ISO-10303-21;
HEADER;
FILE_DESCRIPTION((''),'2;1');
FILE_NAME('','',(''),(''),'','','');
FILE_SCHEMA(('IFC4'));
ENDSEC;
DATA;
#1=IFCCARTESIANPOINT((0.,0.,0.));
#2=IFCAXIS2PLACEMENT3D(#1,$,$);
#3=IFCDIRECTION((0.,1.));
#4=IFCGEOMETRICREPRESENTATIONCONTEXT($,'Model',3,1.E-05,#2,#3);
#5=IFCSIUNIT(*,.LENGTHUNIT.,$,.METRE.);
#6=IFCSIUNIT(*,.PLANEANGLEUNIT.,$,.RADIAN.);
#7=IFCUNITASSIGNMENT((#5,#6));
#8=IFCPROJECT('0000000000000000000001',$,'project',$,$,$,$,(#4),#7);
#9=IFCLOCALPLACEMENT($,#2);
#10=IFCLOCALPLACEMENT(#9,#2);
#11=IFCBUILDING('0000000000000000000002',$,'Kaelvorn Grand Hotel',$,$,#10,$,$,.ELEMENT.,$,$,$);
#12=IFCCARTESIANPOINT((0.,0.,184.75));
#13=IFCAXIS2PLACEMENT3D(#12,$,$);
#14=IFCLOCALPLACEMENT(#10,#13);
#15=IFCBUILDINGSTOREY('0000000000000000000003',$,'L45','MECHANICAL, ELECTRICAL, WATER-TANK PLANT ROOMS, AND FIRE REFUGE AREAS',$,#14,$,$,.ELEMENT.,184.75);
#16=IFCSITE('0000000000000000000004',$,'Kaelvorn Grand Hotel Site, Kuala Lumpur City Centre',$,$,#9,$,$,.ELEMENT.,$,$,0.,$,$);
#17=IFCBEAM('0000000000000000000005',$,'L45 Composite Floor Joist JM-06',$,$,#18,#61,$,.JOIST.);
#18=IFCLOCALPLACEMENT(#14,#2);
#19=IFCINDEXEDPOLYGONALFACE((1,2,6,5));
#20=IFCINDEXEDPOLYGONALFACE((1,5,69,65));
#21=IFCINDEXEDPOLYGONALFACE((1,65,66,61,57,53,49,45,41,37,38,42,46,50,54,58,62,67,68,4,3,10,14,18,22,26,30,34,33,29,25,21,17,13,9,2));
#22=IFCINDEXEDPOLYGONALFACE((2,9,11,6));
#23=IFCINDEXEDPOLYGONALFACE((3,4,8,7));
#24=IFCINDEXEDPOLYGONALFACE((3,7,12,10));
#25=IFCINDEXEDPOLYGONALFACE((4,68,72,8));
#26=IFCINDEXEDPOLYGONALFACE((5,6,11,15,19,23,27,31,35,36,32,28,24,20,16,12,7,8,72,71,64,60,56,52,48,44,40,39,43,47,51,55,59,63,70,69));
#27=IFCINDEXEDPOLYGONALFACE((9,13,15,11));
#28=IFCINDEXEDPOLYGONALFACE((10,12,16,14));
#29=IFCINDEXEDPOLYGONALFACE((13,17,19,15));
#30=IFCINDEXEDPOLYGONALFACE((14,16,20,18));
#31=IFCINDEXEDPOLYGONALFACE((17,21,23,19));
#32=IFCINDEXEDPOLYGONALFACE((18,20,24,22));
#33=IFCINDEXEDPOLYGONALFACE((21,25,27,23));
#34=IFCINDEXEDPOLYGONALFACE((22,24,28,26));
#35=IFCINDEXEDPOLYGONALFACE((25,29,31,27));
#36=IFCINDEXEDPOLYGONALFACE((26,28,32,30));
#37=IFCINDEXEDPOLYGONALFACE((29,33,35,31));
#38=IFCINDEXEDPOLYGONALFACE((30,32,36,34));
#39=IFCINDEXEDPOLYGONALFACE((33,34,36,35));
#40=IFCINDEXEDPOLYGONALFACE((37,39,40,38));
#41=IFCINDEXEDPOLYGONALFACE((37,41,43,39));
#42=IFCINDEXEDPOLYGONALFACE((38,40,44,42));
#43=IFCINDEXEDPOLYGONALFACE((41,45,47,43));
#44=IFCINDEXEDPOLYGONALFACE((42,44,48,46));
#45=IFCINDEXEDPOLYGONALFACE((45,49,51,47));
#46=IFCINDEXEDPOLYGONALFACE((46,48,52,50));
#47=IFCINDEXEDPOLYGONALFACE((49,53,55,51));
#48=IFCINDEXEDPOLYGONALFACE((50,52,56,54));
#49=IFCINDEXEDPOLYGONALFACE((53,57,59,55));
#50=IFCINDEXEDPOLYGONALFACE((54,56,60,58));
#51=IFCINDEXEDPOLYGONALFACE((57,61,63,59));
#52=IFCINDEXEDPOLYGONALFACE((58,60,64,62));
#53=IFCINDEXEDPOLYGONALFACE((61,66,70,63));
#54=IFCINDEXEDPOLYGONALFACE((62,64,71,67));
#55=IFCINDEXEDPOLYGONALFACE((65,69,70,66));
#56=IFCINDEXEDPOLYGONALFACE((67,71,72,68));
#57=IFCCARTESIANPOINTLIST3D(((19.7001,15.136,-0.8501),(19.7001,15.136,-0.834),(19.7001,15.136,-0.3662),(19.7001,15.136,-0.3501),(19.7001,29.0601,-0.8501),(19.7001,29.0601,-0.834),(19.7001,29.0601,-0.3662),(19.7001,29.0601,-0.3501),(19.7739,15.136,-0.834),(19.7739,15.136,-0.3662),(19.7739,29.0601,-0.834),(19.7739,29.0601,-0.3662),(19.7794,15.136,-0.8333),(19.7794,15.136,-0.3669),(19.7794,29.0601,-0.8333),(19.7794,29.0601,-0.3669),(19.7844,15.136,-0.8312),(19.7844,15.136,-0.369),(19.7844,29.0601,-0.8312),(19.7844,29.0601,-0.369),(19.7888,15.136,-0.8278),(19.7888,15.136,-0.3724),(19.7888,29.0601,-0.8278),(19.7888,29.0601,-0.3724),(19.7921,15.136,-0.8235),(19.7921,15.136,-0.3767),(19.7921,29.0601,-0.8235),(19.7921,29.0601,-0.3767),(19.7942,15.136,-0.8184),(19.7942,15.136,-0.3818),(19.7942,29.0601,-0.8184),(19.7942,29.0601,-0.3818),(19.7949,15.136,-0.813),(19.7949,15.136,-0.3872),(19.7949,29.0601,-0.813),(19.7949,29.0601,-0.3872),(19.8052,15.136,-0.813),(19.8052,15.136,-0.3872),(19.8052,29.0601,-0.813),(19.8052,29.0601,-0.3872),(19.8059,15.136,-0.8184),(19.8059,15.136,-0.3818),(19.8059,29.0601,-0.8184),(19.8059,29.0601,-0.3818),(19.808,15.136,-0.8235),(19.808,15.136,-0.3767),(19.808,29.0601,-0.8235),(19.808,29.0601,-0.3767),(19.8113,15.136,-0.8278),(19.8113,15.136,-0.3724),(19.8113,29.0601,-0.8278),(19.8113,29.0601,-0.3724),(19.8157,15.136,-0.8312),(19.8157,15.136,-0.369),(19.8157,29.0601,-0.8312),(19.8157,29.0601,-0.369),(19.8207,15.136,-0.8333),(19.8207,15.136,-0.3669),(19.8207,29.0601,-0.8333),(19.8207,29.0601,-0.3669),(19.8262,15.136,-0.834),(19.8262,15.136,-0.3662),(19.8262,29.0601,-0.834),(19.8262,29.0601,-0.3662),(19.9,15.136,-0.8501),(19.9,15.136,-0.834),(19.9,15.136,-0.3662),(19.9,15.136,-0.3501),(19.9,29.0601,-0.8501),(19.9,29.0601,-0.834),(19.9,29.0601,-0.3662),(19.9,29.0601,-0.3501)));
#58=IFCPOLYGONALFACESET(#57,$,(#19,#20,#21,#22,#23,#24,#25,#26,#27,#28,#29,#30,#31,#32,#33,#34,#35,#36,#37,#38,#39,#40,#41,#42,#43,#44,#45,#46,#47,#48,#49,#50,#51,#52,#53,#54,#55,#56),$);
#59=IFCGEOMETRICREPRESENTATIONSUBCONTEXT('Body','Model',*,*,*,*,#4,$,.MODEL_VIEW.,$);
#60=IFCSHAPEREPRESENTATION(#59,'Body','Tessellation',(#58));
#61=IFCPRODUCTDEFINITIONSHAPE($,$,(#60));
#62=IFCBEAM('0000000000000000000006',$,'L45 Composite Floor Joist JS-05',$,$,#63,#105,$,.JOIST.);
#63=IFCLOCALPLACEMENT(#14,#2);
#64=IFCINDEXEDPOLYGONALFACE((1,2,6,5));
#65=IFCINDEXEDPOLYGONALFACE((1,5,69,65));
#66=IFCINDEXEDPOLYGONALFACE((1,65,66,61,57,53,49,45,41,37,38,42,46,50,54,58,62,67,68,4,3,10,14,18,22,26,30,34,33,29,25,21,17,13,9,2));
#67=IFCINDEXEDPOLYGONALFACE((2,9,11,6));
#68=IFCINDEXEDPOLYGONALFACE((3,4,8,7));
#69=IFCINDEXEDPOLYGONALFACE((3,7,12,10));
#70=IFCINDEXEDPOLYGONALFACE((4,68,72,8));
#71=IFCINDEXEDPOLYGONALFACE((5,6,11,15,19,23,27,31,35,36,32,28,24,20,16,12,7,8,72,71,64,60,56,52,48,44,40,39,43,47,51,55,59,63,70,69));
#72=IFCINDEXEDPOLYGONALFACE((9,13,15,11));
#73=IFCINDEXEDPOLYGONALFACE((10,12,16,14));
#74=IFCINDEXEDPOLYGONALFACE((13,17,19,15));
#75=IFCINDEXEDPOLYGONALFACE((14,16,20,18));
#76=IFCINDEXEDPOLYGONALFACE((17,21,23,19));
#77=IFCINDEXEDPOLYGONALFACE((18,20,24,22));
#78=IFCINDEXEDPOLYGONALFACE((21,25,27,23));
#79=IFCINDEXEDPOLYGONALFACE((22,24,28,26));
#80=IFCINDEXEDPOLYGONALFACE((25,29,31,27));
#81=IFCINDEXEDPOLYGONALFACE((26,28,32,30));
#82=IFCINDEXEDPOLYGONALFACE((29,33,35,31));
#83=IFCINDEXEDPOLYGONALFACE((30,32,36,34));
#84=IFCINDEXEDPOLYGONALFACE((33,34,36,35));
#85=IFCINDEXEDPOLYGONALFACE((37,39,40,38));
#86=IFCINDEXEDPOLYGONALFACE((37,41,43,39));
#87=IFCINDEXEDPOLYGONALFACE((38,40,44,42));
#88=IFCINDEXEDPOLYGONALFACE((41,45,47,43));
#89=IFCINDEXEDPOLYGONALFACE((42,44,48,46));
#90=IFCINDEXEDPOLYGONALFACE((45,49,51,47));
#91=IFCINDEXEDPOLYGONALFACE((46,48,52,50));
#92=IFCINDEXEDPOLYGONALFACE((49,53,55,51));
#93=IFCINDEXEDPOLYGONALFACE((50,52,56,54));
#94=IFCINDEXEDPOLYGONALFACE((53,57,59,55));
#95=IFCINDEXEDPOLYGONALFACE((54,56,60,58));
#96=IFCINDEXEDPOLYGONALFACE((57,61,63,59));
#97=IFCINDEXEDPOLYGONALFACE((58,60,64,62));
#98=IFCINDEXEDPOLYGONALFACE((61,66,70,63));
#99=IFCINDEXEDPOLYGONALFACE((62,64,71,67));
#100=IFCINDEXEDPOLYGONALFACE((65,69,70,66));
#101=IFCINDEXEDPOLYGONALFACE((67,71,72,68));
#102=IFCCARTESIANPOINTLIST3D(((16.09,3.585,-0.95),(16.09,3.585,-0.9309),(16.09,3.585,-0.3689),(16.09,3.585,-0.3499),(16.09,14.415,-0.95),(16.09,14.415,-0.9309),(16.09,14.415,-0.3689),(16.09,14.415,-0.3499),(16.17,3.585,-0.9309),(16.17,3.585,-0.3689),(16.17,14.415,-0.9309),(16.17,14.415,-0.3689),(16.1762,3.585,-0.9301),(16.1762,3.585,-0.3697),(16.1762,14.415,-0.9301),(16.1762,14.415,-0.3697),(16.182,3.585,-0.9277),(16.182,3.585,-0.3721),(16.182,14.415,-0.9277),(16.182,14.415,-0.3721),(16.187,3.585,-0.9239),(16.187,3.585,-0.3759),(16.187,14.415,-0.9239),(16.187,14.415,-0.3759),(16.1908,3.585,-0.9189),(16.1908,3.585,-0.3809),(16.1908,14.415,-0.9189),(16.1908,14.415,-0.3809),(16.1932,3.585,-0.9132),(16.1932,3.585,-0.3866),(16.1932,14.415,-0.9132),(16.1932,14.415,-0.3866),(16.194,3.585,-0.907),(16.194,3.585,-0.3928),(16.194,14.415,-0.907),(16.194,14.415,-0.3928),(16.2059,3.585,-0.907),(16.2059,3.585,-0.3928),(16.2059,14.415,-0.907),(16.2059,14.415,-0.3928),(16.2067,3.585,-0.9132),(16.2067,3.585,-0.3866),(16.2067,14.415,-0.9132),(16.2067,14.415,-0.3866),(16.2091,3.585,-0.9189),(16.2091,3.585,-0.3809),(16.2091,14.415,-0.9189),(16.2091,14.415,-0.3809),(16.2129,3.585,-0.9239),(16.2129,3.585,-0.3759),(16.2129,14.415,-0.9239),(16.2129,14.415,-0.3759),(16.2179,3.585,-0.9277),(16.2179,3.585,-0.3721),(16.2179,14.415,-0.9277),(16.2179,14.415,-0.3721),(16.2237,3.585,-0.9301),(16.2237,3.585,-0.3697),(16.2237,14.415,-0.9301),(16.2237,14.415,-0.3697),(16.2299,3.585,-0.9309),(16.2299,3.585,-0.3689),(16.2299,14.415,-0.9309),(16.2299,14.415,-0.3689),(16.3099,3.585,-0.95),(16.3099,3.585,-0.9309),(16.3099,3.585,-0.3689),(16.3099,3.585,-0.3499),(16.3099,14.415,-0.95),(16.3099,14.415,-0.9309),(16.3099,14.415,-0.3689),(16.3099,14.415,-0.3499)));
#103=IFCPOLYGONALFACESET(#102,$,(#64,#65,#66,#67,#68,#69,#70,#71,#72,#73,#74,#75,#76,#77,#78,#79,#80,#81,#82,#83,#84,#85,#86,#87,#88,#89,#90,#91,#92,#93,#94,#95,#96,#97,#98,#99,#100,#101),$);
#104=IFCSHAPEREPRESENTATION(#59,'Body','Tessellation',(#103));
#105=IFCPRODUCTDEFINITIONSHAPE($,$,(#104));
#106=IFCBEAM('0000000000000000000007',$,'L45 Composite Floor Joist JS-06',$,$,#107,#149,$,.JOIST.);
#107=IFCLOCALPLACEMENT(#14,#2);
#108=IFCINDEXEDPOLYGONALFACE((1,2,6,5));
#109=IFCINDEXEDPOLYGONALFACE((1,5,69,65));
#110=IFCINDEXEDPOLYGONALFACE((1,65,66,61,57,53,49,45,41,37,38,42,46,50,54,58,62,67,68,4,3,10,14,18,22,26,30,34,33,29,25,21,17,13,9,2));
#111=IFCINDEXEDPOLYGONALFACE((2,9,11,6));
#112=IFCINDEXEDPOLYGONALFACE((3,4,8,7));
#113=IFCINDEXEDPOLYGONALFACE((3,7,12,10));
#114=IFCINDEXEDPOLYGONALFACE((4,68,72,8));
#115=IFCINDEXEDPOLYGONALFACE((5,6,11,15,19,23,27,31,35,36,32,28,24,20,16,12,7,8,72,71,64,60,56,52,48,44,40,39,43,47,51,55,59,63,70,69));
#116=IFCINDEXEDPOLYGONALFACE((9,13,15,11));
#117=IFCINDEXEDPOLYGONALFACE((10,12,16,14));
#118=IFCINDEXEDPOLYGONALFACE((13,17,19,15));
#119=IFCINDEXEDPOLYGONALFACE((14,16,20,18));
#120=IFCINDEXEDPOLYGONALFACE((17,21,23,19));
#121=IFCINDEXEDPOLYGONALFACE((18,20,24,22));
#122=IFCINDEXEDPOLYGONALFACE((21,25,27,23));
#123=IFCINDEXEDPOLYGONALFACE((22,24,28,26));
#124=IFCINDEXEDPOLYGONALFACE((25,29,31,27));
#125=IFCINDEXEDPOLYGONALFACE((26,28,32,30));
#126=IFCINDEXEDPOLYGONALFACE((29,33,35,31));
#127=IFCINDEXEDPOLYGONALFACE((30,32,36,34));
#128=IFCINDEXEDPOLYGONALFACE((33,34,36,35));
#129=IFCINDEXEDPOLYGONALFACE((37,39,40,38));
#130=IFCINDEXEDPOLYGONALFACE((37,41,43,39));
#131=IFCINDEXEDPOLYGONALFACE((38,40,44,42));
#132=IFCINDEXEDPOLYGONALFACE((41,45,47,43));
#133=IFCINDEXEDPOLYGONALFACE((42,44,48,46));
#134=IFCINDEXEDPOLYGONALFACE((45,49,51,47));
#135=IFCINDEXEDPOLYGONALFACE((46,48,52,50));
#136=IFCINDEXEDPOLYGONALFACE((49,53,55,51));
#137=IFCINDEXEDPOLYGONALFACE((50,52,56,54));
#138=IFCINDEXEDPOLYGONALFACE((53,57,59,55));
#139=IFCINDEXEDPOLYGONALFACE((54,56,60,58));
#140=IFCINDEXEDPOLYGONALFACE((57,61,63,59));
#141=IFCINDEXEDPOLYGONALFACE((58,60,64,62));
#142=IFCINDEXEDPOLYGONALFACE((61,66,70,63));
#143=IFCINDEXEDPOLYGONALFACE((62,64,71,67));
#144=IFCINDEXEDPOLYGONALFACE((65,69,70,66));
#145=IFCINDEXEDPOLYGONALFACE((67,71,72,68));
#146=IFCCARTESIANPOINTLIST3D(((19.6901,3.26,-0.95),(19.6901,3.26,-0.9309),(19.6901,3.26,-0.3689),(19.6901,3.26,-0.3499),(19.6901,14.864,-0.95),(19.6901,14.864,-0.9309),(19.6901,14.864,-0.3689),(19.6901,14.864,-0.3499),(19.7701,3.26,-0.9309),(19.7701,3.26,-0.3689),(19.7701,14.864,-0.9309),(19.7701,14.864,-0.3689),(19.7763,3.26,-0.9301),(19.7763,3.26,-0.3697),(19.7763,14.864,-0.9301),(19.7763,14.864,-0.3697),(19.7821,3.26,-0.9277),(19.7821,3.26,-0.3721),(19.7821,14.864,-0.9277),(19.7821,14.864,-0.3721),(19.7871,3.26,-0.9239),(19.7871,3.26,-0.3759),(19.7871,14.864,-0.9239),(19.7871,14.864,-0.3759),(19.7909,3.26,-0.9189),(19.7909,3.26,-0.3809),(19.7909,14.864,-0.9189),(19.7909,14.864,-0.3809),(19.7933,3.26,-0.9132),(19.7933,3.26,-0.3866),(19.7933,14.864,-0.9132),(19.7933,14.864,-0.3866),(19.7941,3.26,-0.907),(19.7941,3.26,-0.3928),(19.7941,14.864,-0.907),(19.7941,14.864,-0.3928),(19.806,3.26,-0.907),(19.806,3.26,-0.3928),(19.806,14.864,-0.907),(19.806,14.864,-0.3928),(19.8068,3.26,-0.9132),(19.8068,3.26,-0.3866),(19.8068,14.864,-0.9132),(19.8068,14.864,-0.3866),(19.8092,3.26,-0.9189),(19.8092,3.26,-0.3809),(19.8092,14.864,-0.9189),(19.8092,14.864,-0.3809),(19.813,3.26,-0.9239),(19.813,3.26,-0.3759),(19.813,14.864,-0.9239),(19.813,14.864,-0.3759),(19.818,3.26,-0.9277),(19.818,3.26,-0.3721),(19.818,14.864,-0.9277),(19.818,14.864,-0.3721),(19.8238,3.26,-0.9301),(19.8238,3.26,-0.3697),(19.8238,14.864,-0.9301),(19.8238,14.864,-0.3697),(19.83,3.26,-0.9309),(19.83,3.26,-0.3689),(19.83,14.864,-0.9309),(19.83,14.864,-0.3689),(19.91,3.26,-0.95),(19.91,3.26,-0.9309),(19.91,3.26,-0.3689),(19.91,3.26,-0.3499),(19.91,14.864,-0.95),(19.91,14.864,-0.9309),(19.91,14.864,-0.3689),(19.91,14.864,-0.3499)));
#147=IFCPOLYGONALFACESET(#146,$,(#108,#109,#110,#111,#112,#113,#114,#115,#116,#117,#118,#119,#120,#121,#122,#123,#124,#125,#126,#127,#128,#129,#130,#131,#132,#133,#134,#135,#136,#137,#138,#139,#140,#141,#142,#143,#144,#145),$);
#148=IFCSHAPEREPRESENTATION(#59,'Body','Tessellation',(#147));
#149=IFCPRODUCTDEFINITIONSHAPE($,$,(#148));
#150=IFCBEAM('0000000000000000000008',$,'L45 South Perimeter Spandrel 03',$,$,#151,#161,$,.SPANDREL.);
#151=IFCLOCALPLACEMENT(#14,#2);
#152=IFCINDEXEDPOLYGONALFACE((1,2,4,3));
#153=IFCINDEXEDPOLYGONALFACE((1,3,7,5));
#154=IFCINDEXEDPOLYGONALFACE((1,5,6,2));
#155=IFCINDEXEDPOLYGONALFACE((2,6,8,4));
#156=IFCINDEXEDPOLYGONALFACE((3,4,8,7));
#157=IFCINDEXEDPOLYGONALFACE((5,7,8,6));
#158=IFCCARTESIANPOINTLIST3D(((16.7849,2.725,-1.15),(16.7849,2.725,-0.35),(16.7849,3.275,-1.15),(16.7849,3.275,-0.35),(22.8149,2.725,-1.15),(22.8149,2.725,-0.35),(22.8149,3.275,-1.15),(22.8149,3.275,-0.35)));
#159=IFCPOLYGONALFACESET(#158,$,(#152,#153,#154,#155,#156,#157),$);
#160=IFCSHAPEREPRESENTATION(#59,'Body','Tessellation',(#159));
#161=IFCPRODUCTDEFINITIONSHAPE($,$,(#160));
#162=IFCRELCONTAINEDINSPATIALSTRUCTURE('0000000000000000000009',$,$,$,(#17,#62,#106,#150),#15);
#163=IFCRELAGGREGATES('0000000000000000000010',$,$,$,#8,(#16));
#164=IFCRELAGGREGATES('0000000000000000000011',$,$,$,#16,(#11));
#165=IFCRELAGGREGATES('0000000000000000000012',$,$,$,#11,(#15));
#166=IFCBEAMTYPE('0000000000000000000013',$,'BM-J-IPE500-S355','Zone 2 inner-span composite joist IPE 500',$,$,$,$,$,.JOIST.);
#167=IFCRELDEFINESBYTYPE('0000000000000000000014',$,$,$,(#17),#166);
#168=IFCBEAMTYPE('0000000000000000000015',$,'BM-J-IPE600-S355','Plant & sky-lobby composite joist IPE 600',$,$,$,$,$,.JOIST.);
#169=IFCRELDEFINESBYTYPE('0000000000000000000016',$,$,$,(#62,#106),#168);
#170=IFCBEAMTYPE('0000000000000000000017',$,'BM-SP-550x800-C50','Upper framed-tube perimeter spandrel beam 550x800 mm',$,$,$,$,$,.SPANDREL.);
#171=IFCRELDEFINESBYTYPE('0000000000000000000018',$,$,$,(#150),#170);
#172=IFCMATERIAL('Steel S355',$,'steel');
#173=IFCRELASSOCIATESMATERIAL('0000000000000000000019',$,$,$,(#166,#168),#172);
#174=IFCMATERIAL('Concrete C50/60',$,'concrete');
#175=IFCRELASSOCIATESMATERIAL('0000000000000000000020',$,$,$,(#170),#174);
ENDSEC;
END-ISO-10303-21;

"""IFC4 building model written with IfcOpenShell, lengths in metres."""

from ifc_helpers import new_model, si_unit, direction, frame, origin, origin_2d, place, context, subcontext, project, spatial, rectangle, i_section, extrude, material, material_profile, profile_set, type_object, element, save


model = new_model("IFC4")

# Units and contexts
model_context = context("Model", 3, precision=1e-05, world=origin(), true_north=direction((0.0, 1.0)))
body_context = subcontext(model_context, "Body", "Model", "MODEL_VIEW")
ifc_project = project(units=[si_unit("LENGTHUNIT", "METRE"), si_unit("PLANEANGLEUNIT", "RADIAN")], contexts=[model_context])

# Site, building, storey
site_placement = place(None, origin())
site = spatial("IfcSite", under=ifc_project, at=site_placement, Name="Kaelvorn Grand Hotel Site, Kuala Lumpur City Centre", CompositionType="ELEMENT", RefElevation=0.0)
building_placement = place(site_placement, origin())
building = spatial("IfcBuilding", under=site, at=building_placement, Name="Kaelvorn Grand Hotel", CompositionType="ELEMENT")
storey_placement = place(building_placement, frame((0.0, 0.0, 184.75)))
storey = spatial("IfcBuildingStorey", under=building, at=storey_placement, Name="L45", Description="MECHANICAL, ELECTRICAL, WATER-TANK PLANT ROOMS, AND FIRE REFUGE AREAS", CompositionType="ELEMENT", Elevation=184.75)

# Beams
ifc_material_1 = material(Name="Steel S355", Category="steel")
ifc_material_profile_1 = material_profile(ifc_material_1, i_section(OverallWidth=0.2, OverallDepth=0.5, WebThickness=0.0103, FlangeThickness=0.0161, FilletRadius=0.021, at=origin_2d()), Name="IPE 500")
ifc_profile_set_1 = profile_set([ifc_material_profile_1], Name="Steel S355")
beam_type_1 = type_object("IfcBeamType", Name="BM-J-IPE500-S355", Description="Zone 2 inner-span composite joist IPE 500", PredefinedType="JOIST", material=ifc_profile_set_1)
beam_1_placement = place(storey_placement, frame((19.8, 15.136, -0.6001), z_axis=(0.0, 1.0, 0.0), x_axis=(-1.0, 0.0, 0.0)))
element("IfcBeam", 1, at=beam_1_placement, inside=storey, type_object=beam_type_1, Name="L45 Composite Floor Joist JM-06", PredefinedType="JOIST", context=body_context, shape_type="SweptSolid", body=[
    extrude(i_section(OverallWidth=0.2, OverallDepth=0.5, WebThickness=0.0103, FlangeThickness=0.0161, FilletRadius=0.021, at=origin_2d()), origin(), (0.0, 0.0, 1.0), 13.9241),
])
ifc_material_profile_2 = material_profile(ifc_material_1, i_section(OverallWidth=0.22, OverallDepth=0.6001, WebThickness=0.012, FlangeThickness=0.019, FilletRadius=0.0239, at=origin_2d()), Name="IPE 600")
ifc_profile_set_2 = profile_set([ifc_material_profile_2], Name="Steel S355")
beam_type_2 = type_object("IfcBeamType", Name="BM-J-IPE600-S355", Description="Plant & sky-lobby composite joist IPE 600", PredefinedType="JOIST", material=ifc_profile_set_2)
beam_2_placement = place(storey_placement, frame((16.2, 3.585, -0.6499), z_axis=(0.0, 1.0, 0.0), x_axis=(-1.0, 0.0, 0.0)))
element("IfcBeam", 2, at=beam_2_placement, inside=storey, type_object=beam_type_2, Name="L45 Composite Floor Joist JS-05", PredefinedType="JOIST", context=body_context, shape_type="SweptSolid", body=[
    extrude(i_section(OverallWidth=0.22, OverallDepth=0.6001, WebThickness=0.012, FlangeThickness=0.019, FilletRadius=0.0239, at=origin_2d()), origin(), (0.0, 0.0, 1.0), 10.8301),
])
beam_3_placement = place(storey_placement, frame((19.8, 3.26, -0.6499), z_axis=(0.0, 1.0, 0.0), x_axis=(-1.0, 0.0, 0.0)))
element("IfcBeam", 3, at=beam_3_placement, inside=storey, type_object=beam_type_2, Name="L45 Composite Floor Joist JS-06", PredefinedType="JOIST", context=body_context, shape_type="SweptSolid", body=[
    extrude(i_section(OverallWidth=0.22, OverallDepth=0.6001, WebThickness=0.012, FlangeThickness=0.019, FilletRadius=0.0239, at=origin_2d()), origin(), (0.0, 0.0, 1.0), 11.604),
])
ifc_material_2 = material(Name="Concrete C50/60", Category="concrete")
ifc_material_profile_3 = material_profile(ifc_material_2, rectangle(XDim=0.55, YDim=0.8, at=origin_2d()), Name="RC SPANDREL 550x800")
ifc_profile_set_3 = profile_set([ifc_material_profile_3], Name="Concrete C50/60")
beam_type_3 = type_object("IfcBeamType", Name="BM-SP-550x800-C50", Description="Upper framed-tube perimeter spandrel beam 550x800 mm", PredefinedType="SPANDREL", material=ifc_profile_set_3)
beam_4_placement = place(storey_placement, frame((16.7849, 3.0, -0.75), z_axis=(1.0, 0.0, 0.0), x_axis=(0.0, 1.0, 0.0)))
element("IfcBeam", 4, at=beam_4_placement, inside=storey, type_object=beam_type_3, Name="L45 South Perimeter Spandrel 03", PredefinedType="SPANDREL", context=body_context, shape_type="SweptSolid", body=[
    extrude(rectangle(XDim=0.55, YDim=0.8, at=origin_2d()), origin(), (0.0, 0.0, 1.0), 6.03),
])

save(model, "model.ifc")
